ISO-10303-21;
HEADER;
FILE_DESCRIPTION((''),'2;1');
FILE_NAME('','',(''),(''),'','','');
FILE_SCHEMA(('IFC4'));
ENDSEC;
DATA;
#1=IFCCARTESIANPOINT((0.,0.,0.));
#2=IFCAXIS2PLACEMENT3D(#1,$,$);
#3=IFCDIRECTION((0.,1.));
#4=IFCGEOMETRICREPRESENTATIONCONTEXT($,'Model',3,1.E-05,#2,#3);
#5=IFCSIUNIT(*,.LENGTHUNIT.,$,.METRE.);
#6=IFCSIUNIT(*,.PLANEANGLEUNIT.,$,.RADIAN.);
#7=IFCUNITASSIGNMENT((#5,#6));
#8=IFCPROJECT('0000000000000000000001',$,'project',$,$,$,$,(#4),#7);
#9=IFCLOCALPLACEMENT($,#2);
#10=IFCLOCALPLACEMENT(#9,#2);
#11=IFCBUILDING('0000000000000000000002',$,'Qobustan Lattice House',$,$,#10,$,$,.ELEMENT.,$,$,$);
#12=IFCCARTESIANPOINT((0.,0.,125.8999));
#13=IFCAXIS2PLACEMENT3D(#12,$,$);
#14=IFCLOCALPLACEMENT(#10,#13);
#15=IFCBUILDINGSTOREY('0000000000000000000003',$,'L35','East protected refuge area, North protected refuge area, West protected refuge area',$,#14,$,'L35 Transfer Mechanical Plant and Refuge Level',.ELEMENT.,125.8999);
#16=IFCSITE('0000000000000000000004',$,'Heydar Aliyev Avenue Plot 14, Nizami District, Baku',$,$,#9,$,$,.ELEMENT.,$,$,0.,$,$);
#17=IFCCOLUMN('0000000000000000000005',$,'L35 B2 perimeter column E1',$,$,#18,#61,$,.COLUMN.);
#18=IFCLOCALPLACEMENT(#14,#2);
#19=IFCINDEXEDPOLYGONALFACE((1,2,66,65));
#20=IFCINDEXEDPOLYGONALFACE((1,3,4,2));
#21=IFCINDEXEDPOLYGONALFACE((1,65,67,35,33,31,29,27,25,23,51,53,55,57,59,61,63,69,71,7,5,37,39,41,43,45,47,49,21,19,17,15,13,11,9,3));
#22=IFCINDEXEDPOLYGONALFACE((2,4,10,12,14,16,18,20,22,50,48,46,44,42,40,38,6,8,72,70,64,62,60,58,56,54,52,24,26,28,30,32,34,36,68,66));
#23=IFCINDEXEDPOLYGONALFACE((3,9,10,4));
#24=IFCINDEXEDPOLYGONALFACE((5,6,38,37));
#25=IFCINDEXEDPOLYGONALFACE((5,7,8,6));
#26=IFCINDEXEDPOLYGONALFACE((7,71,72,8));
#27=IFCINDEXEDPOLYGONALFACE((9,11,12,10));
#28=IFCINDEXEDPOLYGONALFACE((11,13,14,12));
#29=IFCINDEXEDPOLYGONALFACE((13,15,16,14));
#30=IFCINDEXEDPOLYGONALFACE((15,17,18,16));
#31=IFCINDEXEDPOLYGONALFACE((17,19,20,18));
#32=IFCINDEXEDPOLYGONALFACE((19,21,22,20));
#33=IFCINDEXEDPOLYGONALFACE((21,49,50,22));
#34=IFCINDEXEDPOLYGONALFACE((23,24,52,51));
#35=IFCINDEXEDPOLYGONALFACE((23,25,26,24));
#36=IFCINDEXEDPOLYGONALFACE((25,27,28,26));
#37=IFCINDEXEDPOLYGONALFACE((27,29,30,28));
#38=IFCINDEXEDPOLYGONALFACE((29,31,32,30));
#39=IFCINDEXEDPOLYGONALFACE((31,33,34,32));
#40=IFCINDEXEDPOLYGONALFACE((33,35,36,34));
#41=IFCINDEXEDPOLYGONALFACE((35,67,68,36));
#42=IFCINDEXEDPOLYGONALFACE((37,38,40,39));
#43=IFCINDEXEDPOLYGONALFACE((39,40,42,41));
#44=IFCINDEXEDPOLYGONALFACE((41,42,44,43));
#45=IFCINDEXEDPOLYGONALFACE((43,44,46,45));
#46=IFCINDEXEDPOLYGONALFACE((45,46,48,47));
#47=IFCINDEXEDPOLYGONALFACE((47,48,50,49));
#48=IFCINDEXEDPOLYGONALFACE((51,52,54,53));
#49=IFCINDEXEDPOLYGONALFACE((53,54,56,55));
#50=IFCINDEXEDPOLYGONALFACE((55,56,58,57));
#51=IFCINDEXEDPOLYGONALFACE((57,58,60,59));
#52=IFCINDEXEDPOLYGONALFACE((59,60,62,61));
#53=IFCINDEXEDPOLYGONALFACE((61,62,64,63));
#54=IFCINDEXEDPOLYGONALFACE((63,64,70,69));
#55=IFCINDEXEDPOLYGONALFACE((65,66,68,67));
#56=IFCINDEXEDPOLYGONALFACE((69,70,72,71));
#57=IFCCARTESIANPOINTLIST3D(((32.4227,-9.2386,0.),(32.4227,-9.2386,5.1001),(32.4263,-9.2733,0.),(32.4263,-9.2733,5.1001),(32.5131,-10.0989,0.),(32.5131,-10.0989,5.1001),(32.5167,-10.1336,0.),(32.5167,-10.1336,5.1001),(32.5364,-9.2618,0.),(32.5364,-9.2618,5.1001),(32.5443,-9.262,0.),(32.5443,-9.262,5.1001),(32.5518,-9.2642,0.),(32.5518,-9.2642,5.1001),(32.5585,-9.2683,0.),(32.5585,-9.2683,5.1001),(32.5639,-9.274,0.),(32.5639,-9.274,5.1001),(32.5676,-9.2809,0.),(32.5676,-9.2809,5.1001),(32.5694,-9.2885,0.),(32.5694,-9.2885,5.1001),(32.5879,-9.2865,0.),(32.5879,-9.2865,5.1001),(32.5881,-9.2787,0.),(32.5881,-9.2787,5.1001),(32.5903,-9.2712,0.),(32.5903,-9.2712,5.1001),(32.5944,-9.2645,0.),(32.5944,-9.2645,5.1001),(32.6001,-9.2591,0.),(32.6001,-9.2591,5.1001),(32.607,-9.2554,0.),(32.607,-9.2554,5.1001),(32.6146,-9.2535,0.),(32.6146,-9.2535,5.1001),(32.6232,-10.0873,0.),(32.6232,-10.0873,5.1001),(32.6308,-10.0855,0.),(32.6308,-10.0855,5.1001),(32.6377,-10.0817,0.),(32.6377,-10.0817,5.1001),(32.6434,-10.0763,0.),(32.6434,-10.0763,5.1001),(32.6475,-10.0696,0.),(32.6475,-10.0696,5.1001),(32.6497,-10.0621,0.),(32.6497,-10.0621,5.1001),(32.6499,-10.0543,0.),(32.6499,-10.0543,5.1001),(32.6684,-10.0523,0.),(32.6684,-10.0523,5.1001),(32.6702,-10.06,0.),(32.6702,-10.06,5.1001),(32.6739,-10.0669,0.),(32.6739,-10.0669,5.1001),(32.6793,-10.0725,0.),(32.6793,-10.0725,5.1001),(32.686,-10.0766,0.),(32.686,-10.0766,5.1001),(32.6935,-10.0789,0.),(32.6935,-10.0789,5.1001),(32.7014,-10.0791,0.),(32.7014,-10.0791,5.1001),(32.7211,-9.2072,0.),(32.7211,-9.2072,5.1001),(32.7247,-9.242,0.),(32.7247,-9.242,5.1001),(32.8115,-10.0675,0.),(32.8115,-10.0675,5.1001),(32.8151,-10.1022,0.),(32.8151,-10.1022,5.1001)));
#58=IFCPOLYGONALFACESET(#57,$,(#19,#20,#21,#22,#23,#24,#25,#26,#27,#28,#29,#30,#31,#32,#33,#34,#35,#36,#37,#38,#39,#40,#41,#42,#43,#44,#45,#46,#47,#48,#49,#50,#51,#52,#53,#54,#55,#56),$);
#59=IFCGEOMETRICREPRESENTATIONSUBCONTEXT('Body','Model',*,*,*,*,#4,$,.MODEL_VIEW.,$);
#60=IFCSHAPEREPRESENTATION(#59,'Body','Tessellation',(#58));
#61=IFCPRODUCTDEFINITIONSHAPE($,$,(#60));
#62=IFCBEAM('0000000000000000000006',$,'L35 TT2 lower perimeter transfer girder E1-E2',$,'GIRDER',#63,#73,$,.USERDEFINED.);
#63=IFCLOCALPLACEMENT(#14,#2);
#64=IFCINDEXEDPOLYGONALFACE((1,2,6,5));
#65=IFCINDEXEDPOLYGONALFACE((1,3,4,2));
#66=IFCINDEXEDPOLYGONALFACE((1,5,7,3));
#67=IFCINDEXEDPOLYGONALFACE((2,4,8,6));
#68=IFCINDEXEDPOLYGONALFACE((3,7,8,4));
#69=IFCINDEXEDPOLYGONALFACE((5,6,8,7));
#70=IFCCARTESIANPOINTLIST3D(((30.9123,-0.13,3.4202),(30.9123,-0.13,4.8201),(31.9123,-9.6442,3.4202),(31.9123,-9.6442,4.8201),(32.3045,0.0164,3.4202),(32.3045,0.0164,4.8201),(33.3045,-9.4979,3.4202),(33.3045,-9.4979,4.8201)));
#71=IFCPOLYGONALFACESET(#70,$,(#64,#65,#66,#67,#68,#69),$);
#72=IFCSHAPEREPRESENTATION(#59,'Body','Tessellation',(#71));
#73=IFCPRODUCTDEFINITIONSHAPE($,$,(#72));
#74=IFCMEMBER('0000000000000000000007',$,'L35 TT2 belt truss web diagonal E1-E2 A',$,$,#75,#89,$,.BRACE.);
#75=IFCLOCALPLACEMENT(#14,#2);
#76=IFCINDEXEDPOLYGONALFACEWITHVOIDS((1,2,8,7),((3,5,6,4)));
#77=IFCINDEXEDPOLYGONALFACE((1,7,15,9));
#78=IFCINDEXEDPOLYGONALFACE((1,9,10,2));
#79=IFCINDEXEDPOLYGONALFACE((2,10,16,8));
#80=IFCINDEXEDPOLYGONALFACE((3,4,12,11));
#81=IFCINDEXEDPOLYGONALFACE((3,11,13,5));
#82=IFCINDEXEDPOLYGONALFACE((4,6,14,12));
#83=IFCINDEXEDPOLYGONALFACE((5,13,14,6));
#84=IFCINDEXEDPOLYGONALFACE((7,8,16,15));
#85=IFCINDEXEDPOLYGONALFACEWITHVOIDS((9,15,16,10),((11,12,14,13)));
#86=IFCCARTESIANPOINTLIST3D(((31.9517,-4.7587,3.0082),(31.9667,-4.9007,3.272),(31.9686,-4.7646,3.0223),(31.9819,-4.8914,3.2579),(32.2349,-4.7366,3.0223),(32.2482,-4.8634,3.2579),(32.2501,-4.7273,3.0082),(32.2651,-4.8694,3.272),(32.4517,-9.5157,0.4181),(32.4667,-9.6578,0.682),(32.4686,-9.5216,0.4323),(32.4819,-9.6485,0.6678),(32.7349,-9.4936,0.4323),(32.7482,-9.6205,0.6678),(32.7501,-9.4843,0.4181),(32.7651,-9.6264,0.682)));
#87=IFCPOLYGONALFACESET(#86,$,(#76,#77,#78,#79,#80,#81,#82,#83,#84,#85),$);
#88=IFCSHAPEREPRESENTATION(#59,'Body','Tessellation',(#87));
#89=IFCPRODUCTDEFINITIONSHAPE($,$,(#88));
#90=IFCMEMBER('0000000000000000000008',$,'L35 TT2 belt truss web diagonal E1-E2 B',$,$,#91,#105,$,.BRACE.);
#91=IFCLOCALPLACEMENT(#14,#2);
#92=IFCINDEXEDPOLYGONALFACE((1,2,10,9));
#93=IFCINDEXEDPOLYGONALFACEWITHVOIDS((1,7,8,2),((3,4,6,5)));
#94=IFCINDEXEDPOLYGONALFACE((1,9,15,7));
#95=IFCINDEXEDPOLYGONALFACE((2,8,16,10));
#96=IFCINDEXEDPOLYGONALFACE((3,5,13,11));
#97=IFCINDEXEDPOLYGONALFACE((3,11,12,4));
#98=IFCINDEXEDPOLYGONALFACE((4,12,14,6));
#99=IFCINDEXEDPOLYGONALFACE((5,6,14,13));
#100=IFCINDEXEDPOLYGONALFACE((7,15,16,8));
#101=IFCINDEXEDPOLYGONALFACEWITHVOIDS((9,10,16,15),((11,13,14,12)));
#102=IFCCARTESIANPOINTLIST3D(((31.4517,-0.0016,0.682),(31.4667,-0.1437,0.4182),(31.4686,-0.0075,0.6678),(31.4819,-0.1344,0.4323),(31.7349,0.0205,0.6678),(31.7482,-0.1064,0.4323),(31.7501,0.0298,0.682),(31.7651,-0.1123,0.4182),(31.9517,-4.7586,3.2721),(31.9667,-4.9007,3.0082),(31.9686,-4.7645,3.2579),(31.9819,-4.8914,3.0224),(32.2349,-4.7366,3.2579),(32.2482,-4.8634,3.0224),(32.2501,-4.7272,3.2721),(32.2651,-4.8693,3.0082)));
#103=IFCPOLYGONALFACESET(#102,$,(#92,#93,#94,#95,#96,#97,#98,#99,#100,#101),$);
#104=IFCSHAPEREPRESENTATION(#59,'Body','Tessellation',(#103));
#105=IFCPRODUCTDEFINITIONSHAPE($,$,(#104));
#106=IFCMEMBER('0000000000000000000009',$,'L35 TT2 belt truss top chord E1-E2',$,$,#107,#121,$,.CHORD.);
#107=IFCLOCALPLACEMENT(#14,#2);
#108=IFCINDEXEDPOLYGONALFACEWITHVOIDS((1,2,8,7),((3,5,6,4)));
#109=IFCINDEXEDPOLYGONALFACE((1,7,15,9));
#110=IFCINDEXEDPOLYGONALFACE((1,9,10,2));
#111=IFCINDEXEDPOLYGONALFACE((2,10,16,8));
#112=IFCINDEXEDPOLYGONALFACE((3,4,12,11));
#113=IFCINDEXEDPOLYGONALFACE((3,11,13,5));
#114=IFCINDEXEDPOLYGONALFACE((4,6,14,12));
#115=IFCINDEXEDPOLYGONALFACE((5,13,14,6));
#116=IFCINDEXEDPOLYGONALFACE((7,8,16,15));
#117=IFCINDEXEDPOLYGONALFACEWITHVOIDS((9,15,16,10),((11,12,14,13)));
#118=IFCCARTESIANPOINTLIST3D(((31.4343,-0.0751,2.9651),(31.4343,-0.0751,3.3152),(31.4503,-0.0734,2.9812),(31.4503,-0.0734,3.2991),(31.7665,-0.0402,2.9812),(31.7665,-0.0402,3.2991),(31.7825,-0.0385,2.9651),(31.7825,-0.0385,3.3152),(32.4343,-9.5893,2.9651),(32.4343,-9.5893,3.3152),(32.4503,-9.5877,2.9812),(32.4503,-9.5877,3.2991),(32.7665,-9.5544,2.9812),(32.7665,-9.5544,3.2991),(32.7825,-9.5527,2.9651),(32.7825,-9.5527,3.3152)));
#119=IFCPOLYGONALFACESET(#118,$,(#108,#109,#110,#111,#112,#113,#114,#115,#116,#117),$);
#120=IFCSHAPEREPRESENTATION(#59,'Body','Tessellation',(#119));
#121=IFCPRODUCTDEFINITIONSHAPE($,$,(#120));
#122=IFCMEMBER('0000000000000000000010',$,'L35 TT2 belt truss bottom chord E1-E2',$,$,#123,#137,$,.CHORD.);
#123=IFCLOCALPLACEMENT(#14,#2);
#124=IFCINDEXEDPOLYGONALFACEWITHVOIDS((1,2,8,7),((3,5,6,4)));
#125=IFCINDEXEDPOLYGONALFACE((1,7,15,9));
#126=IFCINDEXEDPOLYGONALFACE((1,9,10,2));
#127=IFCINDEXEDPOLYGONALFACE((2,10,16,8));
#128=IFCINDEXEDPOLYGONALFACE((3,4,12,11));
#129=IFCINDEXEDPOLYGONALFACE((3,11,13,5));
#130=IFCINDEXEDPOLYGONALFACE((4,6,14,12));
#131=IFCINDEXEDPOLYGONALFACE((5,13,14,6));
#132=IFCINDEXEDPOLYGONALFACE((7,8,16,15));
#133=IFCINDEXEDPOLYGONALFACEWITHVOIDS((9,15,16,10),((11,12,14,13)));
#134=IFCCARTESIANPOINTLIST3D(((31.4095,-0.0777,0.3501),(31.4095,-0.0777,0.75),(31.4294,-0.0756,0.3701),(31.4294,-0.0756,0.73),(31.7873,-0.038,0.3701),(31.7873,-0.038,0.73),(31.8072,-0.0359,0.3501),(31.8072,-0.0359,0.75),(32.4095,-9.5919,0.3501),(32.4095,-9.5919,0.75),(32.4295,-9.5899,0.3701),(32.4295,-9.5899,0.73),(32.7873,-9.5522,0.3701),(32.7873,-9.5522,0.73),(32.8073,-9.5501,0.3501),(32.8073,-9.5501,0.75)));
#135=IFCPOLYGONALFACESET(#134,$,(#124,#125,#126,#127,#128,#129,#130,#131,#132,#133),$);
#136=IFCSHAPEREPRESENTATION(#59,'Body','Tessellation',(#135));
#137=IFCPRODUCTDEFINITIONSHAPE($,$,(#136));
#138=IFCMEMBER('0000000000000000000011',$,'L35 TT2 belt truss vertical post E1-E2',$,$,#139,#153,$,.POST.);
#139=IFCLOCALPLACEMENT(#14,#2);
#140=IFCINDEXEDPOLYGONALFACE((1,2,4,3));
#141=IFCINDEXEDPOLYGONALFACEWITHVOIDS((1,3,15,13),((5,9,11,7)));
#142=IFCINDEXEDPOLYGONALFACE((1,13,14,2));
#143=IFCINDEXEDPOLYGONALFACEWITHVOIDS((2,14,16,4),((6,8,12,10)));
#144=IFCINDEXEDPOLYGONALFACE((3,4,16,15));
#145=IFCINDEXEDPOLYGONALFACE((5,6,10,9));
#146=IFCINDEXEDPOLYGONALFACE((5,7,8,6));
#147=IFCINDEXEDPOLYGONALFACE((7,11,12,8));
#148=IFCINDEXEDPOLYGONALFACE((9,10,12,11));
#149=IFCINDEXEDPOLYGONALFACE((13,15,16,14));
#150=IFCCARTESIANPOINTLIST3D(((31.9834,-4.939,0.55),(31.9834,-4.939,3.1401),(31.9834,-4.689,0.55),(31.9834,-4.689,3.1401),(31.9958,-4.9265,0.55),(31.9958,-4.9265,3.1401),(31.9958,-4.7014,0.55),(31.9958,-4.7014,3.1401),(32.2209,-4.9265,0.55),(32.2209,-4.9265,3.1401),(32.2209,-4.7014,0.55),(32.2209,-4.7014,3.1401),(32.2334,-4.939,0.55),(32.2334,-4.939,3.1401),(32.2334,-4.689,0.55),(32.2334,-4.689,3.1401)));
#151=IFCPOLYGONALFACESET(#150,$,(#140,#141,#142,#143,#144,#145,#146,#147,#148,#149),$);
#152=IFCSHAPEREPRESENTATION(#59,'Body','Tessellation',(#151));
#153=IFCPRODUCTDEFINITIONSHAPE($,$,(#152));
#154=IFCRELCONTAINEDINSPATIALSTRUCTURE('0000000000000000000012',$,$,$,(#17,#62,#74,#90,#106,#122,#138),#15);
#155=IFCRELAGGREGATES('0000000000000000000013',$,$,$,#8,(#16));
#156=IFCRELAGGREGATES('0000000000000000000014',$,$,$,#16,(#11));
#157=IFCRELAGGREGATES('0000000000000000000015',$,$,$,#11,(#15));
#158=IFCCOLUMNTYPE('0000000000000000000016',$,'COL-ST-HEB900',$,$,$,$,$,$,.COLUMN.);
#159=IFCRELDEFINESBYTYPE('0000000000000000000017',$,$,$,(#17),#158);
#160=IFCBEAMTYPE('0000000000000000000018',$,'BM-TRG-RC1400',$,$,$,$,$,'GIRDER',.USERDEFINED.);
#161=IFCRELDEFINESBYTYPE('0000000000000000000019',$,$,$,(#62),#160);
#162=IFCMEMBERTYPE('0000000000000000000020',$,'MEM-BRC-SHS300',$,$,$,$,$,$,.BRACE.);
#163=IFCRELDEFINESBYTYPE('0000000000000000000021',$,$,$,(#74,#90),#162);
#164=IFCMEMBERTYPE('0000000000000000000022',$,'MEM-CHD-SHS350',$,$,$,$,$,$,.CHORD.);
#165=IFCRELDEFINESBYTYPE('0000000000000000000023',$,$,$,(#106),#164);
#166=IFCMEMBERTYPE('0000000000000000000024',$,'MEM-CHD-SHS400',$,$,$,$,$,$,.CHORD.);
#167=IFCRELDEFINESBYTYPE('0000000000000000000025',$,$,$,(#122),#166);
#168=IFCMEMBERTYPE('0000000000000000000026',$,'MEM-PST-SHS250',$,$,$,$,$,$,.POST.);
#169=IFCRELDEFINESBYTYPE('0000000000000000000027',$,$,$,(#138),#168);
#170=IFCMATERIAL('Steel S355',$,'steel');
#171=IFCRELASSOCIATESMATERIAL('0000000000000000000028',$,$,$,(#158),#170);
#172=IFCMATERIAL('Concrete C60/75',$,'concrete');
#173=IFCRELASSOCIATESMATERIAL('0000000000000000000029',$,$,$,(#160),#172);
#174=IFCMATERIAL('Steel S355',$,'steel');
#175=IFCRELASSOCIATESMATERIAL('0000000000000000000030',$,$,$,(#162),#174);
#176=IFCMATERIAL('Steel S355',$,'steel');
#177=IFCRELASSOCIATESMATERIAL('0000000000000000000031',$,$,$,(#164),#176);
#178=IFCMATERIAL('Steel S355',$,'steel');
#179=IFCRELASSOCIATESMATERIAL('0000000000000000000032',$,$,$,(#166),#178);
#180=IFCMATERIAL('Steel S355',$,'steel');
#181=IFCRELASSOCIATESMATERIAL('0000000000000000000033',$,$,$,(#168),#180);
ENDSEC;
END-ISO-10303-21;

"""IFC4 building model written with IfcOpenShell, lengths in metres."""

from ifc_helpers import new_model, si_unit, direction, frame, origin, origin_2d, place, context, subcontext, project, spatial, rectangle, hollow_rectangle, i_section, extrude, material, material_profile, profile_set, type_object, element, save


model = new_model("IFC4")

# Units and contexts
model_context = context("Model", 3, precision=1e-05, world=origin(), true_north=direction((0.0, 1.0)))
body_context = subcontext(model_context, "Body", "Model", "MODEL_VIEW")
ifc_project = project(units=[si_unit("LENGTHUNIT", "METRE"), si_unit("PLANEANGLEUNIT", "RADIAN")], contexts=[model_context])

# Site, building, storey
site_placement = place(None, origin())
site = spatial("IfcSite", under=ifc_project, at=site_placement, Name="Heydar Aliyev Avenue Plot 14, Nizami District, Baku", CompositionType="ELEMENT", RefElevation=0.0)
building_placement = place(site_placement, origin())
building = spatial("IfcBuilding", under=site, at=building_placement, Name="Qobustan Lattice House", CompositionType="ELEMENT")
storey_placement = place(building_placement, frame((0.0, 0.0, 125.8999)))
storey = spatial("IfcBuildingStorey", under=building, at=storey_placement, Name="L35", Description="East protected refuge area, North protected refuge area, West protected refuge area", LongName="L35 Transfer Mechanical Plant and Refuge Level", CompositionType="ELEMENT", Elevation=125.8999)

# Column
ifc_material_1 = material(Name="Steel S355", Category="steel")
ifc_material_profile_1 = material_profile(ifc_material_1, i_section(OverallWidth=0.3, OverallDepth=0.8999, WebThickness=0.0186, FlangeThickness=0.0349, FilletRadius=0.03, at=origin_2d()), Name="HEB900")
ifc_profile_set_1 = profile_set([ifc_material_profile_1], Name="Steel S355")
column_type = type_object("IfcColumnType", Name="COL-ST-HEB900", PredefinedType="COLUMN", material=ifc_profile_set_1)
column_placement = place(storey_placement, frame((32.6189, -9.6704, 0.0), z_axis=(0.0, 0.0, 1.0), x_axis=(0.994522, 0.104528, 0.0)))
element("IfcColumn", 1, at=column_placement, inside=storey, type_object=column_type, Name="L35 B2 perimeter column E1", PredefinedType="COLUMN", context=body_context, shape_type="SweptSolid", body=[
    extrude(i_section(OverallWidth=0.3, OverallDepth=0.8999, WebThickness=0.0186, FlangeThickness=0.0349, FilletRadius=0.03, at=origin_2d()), origin(), (0.0, 0.0, 1.0), 5.1001),
])

# Beam
ifc_material_2 = material(Name="Concrete C60/75", Category="concrete")
ifc_material_profile_2 = material_profile(ifc_material_2, rectangle(XDim=1.3999, YDim=1.3999, at=origin_2d()), Name="RC1400x1400")
ifc_profile_set_2 = profile_set([ifc_material_profile_2], Name="Concrete C60/75")
beam_type = type_object("IfcBeamType", Name="BM-TRG-RC1400", ElementType="GIRDER", PredefinedType="USERDEFINED", material=ifc_profile_set_2)
beam_placement = place(storey_placement, frame((32.6084, -9.571, 4.1201), z_axis=(-0.104531, 0.994522, 0.0), x_axis=(-0.994522, -0.104531, 0.0)))
element("IfcBeam", 2, at=beam_placement, inside=storey, type_object=beam_type, Name="L35 TT2 lower perimeter transfer girder E1-E2", ObjectType="GIRDER", PredefinedType="USERDEFINED", context=body_context, shape_type="SweptSolid", body=[
    extrude(rectangle(XDim=1.3999, YDim=1.3999, at=origin_2d()), origin(), (0.0, 0.0, 1.0), 9.5667),
])

# Members
ifc_material_3 = material(Name="Steel S355", Category="steel")
ifc_material_profile_3 = material_profile(ifc_material_3, hollow_rectangle(XDim=0.3, YDim=0.3, WallThickness=0.0161, at=origin_2d()), Name="SHS300x300x16")
ifc_profile_set_3 = profile_set([ifc_material_profile_3], Name="Steel S355")
member_type_1 = type_object("IfcMemberType", Name="MEM-BRC-SHS300", PredefinedType="BRACE", material=ifc_profile_set_3)
for number, where, z_axis, x_axis, name in (
    (3, (32.6084, -9.571, 0.55), (-0.09192, 0.874541, 0.476161), (-0.994522, -0.104531, 0.0), "L35 TT2 belt truss web diagonal E1-E2 A"),
    (4, (32.1084, -4.814, 3.1401), (-0.09192, 0.874541, -0.476161), (-0.994522, -0.104531, 0.0), "L35 TT2 belt truss web diagonal E1-E2 B"),
):
    element("IfcMember", number, at=place(storey_placement, frame(where, z_axis=z_axis, x_axis=x_axis)), inside=storey, type_object=member_type_1, Name=name, PredefinedType="BRACE", context=body_context, shape_type="SweptSolid", body=[
        extrude(hollow_rectangle(XDim=0.3, YDim=0.3, WallThickness=0.0161, at=origin_2d()), origin(), (0.0, 0.0, 1.0), 5.4395),
    ])
ifc_material_4 = material(Name="Steel S355", Category="steel")
ifc_material_profile_4 = material_profile(ifc_material_4, hollow_rectangle(XDim=0.3501, YDim=0.3501, WallThickness=0.0161, at=origin_2d()), Name="SHS350x350x16")
ifc_profile_set_4 = profile_set([ifc_material_profile_4], Name="Steel S355")
member_type_2 = type_object("IfcMemberType", Name="MEM-CHD-SHS350", PredefinedType="CHORD", material=ifc_profile_set_4)
member_1_placement = place(storey_placement, frame((32.6084, -9.571, 3.1401), z_axis=(-0.104531, 0.994522, 0.0), x_axis=(-0.994522, -0.104531, 0.0)))
element("IfcMember", 5, at=member_1_placement, inside=storey, type_object=member_type_2, Name="L35 TT2 belt truss top chord E1-E2", PredefinedType="CHORD", context=body_context, shape_type="SweptSolid", body=[
    extrude(hollow_rectangle(XDim=0.3501, YDim=0.3501, WallThickness=0.0161, at=origin_2d()), origin(), (0.0, 0.0, 1.0), 9.5667),
])
ifc_material_5 = material(Name="Steel S355", Category="steel")
ifc_material_profile_5 = material_profile(ifc_material_5, hollow_rectangle(XDim=0.3999, YDim=0.3999, WallThickness=0.02, at=origin_2d()), Name="SHS400x400x20")
ifc_profile_set_5 = profile_set([ifc_material_profile_5], Name="Steel S355")
member_type_3 = type_object("IfcMemberType", Name="MEM-CHD-SHS400", PredefinedType="CHORD", material=ifc_profile_set_5)
member_2_placement = place(storey_placement, frame((32.6084, -9.571, 0.55), z_axis=(-0.104531, 0.994522, 0.0), x_axis=(-0.994522, -0.104531, 0.0)))
element("IfcMember", 6, at=member_2_placement, inside=storey, type_object=member_type_3, Name="L35 TT2 belt truss bottom chord E1-E2", PredefinedType="CHORD", context=body_context, shape_type="SweptSolid", body=[
    extrude(hollow_rectangle(XDim=0.3999, YDim=0.3999, WallThickness=0.02, at=origin_2d()), origin(), (0.0, 0.0, 1.0), 9.5667),
])
ifc_material_6 = material(Name="Steel S355", Category="steel")
ifc_material_profile_6 = material_profile(ifc_material_6, hollow_rectangle(XDim=0.25, YDim=0.25, WallThickness=0.0125, at=origin_2d()), Name="SHS250x250x12.5")
ifc_profile_set_6 = profile_set([ifc_material_profile_6], Name="Steel S355")
member_type_4 = type_object("IfcMemberType", Name="MEM-PST-SHS250", PredefinedType="POST", material=ifc_profile_set_6)
member_3_placement = place(storey_placement, frame((32.1084, -4.814, 0.55), z_axis=(0.0, 0.0, 1.0), x_axis=(1.0, 0.0, 0.0)))
element("IfcMember", 7, at=member_3_placement, inside=storey, type_object=member_type_4, Name="L35 TT2 belt truss vertical post E1-E2", PredefinedType="POST", context=body_context, shape_type="SweptSolid", body=[
    extrude(hollow_rectangle(XDim=0.25, YDim=0.25, WallThickness=0.0125, at=origin_2d()), origin(), (0.0, 0.0, 1.0), 2.5901),
])

save(model, "model.ifc")
